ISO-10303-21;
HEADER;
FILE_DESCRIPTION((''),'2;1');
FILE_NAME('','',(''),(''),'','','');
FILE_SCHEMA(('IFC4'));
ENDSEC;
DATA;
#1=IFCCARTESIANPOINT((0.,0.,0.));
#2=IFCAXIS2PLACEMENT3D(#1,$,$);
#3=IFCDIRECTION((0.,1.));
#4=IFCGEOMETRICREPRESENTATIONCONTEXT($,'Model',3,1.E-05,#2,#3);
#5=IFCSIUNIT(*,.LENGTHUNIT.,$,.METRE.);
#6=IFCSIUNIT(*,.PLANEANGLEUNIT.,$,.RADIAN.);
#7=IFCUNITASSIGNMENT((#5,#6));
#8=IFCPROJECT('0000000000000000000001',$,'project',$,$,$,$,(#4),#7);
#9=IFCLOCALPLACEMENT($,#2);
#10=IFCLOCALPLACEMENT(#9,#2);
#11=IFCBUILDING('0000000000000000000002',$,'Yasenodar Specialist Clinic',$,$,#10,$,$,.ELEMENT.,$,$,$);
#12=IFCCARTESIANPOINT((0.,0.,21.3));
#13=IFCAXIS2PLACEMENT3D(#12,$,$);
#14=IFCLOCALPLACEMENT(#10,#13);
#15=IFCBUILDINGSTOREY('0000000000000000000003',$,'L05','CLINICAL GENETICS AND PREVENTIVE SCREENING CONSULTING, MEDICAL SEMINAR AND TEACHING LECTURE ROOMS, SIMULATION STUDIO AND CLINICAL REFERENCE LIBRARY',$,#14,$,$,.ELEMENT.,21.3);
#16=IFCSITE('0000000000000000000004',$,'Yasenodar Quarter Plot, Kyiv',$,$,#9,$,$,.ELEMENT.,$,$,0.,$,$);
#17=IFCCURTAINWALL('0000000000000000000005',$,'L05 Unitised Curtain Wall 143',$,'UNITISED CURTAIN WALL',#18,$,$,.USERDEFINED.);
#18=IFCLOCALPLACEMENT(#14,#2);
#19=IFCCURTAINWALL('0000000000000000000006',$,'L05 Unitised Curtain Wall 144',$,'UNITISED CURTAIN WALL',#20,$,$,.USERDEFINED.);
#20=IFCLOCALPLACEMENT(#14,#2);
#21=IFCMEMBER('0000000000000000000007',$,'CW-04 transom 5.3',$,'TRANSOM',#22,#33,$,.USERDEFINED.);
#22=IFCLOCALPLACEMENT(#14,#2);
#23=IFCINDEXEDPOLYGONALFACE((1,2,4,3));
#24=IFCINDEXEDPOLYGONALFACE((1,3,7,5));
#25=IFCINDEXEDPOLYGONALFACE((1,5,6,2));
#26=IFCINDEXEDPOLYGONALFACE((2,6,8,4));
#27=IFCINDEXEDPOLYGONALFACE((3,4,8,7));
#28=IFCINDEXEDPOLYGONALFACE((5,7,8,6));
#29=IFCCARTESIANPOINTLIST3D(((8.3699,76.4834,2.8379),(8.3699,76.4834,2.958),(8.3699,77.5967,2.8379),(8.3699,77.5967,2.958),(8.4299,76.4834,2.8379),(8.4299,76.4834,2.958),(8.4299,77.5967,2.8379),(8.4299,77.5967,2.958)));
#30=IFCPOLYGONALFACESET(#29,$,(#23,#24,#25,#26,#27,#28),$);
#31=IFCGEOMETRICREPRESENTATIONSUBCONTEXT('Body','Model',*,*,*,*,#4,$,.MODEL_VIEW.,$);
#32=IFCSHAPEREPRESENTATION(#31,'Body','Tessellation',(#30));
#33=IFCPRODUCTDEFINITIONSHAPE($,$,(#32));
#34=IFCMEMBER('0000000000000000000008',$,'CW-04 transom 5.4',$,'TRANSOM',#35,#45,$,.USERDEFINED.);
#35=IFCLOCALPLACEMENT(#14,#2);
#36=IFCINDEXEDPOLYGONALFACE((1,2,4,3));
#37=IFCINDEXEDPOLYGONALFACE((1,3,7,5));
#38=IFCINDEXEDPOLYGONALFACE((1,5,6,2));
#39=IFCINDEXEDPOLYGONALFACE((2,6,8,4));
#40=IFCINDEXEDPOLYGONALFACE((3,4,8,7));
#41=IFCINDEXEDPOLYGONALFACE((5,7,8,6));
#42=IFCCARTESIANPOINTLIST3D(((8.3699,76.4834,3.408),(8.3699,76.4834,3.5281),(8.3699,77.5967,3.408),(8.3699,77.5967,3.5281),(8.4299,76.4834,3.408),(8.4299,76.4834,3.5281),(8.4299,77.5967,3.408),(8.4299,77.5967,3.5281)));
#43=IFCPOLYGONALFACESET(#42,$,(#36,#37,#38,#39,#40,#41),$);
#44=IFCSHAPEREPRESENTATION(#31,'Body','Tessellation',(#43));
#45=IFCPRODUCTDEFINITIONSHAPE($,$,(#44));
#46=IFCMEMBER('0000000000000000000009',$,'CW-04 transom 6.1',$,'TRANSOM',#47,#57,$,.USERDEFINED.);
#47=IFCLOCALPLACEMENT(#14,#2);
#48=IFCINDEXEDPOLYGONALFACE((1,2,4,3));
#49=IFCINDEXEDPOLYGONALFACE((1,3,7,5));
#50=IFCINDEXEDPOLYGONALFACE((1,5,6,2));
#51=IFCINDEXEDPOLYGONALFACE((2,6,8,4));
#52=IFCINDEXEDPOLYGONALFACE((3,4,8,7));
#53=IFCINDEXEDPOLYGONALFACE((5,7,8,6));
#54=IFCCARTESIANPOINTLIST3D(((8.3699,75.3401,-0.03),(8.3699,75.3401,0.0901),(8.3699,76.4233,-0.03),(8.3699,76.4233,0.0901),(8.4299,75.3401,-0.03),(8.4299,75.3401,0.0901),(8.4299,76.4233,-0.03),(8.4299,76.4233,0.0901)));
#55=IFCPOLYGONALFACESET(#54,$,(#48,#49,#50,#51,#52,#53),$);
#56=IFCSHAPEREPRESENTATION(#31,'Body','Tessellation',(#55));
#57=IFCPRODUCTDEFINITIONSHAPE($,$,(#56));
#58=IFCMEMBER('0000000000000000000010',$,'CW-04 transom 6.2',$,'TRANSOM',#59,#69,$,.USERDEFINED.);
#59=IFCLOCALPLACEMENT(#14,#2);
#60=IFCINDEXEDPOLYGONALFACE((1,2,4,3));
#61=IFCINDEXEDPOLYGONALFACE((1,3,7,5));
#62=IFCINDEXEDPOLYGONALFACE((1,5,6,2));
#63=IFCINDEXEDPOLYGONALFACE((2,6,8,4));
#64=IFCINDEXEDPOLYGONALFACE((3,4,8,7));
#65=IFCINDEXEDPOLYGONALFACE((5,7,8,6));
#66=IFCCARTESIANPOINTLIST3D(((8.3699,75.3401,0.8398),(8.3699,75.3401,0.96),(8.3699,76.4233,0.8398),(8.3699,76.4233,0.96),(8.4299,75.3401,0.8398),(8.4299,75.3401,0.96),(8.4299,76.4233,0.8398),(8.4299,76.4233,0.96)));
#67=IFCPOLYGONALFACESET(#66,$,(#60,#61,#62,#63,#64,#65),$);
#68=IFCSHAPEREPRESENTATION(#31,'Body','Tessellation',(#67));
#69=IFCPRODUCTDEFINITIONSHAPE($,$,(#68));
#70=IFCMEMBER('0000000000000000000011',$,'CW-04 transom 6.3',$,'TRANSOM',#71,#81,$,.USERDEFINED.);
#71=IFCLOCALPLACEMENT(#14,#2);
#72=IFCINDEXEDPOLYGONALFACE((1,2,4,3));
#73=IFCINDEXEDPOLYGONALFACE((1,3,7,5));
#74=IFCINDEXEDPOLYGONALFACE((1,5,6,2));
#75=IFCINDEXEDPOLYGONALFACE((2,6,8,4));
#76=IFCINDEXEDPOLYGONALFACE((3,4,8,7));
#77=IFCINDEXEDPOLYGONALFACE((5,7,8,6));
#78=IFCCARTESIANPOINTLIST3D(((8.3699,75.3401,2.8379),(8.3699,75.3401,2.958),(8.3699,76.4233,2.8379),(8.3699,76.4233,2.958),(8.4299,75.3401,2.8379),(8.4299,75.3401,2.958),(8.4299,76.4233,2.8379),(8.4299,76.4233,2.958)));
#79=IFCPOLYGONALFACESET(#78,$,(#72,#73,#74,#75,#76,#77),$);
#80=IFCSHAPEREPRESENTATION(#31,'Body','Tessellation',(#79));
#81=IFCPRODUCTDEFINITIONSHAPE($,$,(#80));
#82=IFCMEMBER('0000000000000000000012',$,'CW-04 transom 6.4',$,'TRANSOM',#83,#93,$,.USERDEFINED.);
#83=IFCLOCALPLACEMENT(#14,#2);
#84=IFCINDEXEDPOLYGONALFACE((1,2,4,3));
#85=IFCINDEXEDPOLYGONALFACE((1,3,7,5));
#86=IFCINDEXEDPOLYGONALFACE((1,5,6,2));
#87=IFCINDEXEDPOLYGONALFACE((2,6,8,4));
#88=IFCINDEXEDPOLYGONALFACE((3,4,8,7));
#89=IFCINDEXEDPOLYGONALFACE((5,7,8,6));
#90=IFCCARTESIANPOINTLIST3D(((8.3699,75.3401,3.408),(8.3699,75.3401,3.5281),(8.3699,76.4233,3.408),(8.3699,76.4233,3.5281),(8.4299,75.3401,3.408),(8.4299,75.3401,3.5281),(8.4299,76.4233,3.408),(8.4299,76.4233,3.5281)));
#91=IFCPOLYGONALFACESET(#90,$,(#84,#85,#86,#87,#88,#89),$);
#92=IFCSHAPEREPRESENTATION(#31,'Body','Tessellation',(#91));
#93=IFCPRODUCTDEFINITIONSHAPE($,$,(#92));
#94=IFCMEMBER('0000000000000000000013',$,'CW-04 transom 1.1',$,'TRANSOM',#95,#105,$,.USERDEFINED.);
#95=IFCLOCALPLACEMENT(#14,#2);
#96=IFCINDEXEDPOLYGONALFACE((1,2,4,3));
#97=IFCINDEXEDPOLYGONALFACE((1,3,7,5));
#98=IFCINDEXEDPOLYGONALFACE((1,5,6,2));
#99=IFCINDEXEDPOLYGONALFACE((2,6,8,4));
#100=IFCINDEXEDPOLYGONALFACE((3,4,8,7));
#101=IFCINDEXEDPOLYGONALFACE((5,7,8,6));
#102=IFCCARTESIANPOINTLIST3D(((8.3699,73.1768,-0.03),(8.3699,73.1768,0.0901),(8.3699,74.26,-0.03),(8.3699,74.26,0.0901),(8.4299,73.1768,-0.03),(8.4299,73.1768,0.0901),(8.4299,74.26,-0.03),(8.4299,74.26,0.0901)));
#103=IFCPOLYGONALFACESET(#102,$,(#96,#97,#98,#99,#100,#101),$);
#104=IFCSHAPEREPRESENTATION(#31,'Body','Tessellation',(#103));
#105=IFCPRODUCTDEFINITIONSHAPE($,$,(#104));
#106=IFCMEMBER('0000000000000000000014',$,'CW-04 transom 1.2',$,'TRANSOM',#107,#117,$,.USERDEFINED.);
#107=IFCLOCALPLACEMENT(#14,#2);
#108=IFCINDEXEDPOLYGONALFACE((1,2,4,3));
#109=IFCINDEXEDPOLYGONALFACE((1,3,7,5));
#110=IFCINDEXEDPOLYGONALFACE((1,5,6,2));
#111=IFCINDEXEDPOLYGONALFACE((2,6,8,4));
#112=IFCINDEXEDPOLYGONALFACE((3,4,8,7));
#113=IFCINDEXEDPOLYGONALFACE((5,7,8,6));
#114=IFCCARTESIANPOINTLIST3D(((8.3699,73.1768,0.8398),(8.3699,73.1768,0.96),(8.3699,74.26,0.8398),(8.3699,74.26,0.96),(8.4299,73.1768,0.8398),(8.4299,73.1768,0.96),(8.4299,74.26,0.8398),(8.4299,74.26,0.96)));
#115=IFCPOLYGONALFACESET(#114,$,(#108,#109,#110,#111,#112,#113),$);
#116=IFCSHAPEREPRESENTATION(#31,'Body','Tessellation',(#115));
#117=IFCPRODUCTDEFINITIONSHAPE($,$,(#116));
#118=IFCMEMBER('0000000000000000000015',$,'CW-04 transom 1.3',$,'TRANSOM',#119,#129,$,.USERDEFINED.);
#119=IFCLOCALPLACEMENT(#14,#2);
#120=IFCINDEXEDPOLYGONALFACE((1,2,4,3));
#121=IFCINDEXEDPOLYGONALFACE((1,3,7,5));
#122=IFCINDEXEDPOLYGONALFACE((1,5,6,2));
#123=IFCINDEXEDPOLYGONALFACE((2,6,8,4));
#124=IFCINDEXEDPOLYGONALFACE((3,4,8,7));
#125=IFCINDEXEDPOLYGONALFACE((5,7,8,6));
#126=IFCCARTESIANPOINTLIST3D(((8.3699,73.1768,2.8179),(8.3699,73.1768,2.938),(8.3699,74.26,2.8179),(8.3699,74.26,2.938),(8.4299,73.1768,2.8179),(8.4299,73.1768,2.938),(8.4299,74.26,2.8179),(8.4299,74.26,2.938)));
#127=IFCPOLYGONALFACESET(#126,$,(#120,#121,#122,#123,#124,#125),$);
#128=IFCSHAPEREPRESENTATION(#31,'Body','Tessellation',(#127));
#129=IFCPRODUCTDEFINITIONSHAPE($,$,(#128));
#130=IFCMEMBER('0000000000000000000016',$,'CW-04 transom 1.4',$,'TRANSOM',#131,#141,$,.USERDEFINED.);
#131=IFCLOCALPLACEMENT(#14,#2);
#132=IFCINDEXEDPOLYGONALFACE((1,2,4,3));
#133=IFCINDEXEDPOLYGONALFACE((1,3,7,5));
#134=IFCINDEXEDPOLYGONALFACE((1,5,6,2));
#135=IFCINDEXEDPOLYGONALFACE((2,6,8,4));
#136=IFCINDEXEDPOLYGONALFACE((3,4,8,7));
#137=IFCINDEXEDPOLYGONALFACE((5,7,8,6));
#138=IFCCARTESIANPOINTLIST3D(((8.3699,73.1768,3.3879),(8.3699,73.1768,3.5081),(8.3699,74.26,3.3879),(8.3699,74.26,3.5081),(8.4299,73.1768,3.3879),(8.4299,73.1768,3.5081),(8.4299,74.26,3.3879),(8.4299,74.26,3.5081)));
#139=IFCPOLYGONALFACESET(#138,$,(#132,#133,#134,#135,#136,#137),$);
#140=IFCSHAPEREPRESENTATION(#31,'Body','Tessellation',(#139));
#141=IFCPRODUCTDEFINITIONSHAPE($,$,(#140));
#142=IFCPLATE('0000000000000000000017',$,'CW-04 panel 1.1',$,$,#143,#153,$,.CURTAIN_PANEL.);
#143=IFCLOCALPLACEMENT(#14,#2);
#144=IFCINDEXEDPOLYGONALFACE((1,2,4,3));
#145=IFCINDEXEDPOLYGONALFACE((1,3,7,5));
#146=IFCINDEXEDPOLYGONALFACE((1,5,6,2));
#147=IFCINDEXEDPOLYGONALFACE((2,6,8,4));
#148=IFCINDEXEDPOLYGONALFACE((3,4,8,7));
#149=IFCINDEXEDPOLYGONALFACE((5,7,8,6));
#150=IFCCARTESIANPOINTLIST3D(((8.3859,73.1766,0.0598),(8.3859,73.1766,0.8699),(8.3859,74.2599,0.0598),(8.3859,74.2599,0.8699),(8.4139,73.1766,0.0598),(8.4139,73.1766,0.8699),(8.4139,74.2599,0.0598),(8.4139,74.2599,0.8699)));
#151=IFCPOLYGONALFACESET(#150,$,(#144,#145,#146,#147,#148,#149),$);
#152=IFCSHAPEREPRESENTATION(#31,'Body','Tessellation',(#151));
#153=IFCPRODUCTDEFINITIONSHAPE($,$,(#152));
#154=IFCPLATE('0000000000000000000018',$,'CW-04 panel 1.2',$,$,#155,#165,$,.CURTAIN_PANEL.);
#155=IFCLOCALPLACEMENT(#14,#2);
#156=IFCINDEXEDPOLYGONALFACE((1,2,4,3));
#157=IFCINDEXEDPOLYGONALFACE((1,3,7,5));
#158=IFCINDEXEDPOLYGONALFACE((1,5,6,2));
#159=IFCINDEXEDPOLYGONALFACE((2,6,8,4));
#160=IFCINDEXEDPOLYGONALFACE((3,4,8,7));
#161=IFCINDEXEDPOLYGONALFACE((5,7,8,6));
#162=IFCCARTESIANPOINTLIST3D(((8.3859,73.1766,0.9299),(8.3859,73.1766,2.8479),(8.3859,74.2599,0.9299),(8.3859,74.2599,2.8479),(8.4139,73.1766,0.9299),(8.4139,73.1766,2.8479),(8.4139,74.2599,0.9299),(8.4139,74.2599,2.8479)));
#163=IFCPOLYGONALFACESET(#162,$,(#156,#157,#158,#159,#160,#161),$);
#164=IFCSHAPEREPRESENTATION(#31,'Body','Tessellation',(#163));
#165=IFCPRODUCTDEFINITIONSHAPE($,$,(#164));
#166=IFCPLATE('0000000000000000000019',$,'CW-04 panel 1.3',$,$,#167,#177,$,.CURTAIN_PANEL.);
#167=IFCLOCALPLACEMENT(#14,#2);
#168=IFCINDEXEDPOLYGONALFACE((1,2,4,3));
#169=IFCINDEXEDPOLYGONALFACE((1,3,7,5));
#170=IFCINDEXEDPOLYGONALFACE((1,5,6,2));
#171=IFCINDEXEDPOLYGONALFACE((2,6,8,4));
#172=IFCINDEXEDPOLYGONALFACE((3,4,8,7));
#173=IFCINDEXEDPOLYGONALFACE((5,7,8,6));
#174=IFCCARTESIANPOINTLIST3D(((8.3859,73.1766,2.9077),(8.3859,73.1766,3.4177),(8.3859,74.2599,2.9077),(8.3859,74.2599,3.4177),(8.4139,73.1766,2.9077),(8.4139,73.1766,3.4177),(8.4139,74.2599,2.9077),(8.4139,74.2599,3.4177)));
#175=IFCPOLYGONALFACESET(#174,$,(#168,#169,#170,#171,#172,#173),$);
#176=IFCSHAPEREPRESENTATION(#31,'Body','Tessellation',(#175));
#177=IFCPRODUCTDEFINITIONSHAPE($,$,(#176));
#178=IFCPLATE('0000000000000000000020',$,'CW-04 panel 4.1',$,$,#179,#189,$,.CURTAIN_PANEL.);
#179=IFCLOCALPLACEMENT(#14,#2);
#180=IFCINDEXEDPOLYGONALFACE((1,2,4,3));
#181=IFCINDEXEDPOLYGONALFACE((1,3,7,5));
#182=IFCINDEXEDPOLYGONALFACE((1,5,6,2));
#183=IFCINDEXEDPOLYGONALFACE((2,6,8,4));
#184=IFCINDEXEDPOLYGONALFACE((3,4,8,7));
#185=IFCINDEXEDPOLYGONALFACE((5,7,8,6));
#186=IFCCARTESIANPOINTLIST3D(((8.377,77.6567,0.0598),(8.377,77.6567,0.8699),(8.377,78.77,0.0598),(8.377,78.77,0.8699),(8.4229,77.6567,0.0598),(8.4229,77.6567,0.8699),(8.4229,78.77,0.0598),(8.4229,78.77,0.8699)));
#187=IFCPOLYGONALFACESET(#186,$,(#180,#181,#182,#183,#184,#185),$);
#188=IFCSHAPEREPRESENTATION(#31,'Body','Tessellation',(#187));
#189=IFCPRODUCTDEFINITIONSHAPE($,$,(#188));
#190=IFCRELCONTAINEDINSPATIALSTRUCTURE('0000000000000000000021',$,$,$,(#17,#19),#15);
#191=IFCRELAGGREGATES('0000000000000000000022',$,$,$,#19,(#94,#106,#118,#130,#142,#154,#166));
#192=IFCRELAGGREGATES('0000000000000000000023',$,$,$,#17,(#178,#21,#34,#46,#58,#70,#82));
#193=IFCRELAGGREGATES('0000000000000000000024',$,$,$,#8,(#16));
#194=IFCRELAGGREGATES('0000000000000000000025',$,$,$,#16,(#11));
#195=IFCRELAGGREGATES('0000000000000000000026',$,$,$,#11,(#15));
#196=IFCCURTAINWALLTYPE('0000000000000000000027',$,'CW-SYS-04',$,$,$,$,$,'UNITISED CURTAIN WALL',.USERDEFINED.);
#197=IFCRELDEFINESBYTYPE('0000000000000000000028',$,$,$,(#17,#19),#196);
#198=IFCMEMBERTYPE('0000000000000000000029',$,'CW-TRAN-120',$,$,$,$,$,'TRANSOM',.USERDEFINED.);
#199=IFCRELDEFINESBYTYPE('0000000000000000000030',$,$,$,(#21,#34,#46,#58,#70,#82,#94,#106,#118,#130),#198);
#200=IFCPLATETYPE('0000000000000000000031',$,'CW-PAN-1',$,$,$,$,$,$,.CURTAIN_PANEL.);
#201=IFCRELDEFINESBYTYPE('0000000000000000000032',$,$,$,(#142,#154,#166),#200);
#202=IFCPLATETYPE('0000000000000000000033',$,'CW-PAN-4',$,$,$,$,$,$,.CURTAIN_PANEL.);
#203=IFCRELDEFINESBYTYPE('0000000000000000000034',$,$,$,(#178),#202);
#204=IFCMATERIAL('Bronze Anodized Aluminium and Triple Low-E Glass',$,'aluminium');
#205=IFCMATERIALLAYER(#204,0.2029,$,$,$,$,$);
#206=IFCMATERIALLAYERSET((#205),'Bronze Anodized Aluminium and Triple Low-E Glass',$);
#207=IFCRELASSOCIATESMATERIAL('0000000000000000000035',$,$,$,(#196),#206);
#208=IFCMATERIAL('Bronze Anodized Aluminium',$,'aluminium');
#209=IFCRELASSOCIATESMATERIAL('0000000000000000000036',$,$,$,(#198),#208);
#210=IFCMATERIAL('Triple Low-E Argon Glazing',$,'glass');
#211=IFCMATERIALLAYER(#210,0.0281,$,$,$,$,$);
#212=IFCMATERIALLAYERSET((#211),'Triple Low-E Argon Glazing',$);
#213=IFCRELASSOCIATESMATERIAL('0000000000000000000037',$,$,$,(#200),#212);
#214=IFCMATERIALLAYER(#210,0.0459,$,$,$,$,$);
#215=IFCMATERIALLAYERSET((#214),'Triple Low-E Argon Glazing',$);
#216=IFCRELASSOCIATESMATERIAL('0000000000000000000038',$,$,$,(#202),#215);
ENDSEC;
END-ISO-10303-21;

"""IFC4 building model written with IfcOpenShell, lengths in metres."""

from ifc_helpers import new_model, si_unit, direction, frame, origin, origin_2d, place, context, subcontext, project, spatial, rectangle, extrude, material, layer, layer_set, material_profile, profile_set, type_object, element, aggregate, save


model = new_model("IFC4")

# Units and contexts
model_context = context("Model", 3, precision=1e-05, world=origin(), true_north=direction((0.0, 1.0)))
body_context = subcontext(model_context, "Body", "Model", "MODEL_VIEW")
ifc_project = project(units=[si_unit("LENGTHUNIT", "METRE"), si_unit("PLANEANGLEUNIT", "RADIAN")], contexts=[model_context])

# Site, building, storey
site_placement = place(None, origin())
site = spatial("IfcSite", under=ifc_project, at=site_placement, Name="Yasenodar Quarter Plot, Kyiv", CompositionType="ELEMENT", RefElevation=0.0)
building_placement = place(site_placement, origin())
building = spatial("IfcBuilding", under=site, at=building_placement, Name="Yasenodar Specialist Clinic", CompositionType="ELEMENT")
storey_placement = place(building_placement, frame((0.0, 0.0, 21.3)))
storey = spatial("IfcBuildingStorey", under=building, at=storey_placement, Name="L05", Description="CLINICAL GENETICS AND PREVENTIVE SCREENING CONSULTING, MEDICAL SEMINAR AND TEACHING LECTURE ROOMS, SIMULATION STUDIO AND CLINICAL REFERENCE LIBRARY", CompositionType="ELEMENT", Elevation=21.3)

# Curtain wall
ifc_material_1 = material(Name="Bronze Anodized Aluminium and Triple Low-E Glass", Category="aluminium")
ifc_layer_1 = layer(ifc_material_1, 0.2029)
ifc_layer_set_1 = layer_set([ifc_layer_1], Name="Bronze Anodized Aluminium and Triple Low-E Glass")
curtain_wall_type = type_object("IfcCurtainWallType", Name="CW-SYS-04", ElementType="UNITISED CURTAIN WALL", PredefinedType="USERDEFINED", material=ifc_layer_set_1)
curtain_wall_1_placement = place(storey_placement, origin())
curtain_wall_1 = element("IfcCurtainWall", 1, at=curtain_wall_1_placement, inside=storey, type_object=curtain_wall_type, Name="L05 Unitised Curtain Wall 143", ObjectType="UNITISED CURTAIN WALL", PredefinedType="USERDEFINED")
ifc_material_2 = material(Name="Bronze Anodized Aluminium", Category="aluminium")

# Curtain wall
curtain_wall_2_placement = place(storey_placement, origin())
curtain_wall_2 = element("IfcCurtainWall", 2, at=curtain_wall_2_placement, inside=storey, type_object=curtain_wall_type, Name="L05 Unitised Curtain Wall 144", ObjectType="UNITISED CURTAIN WALL", PredefinedType="USERDEFINED")

# Members
ifc_material_profile_1 = material_profile(ifc_material_2, rectangle(XDim=0.0601, YDim=0.1201, at=origin_2d()), Name="CW-TRAN 60x120")
ifc_profile_set_1 = profile_set([ifc_material_profile_1], Name="Bronze Anodized Aluminium")
member_type_1 = type_object("IfcMemberType", Name="CW-TRAN-120", ElementType="TRANSOM", PredefinedType="USERDEFINED", material=ifc_profile_set_1)
member_1_placement = place(storey_placement, frame((8.3999, 77.5967, 2.8979), z_axis=(0.0, -1.0, 0.0), x_axis=(1.0, 0.0, 0.0)))
member_1 = element("IfcMember", 3, at=member_1_placement, type_object=member_type_1, Name="CW-04 transom 5.3", ObjectType="TRANSOM", PredefinedType="USERDEFINED", context=body_context, shape_type="SweptSolid", body=[
    extrude(rectangle(XDim=0.0601, YDim=0.1201, at=origin_2d()), origin(), (0.0, 0.0, 1.0), 1.1133),
])
member_2_placement = place(storey_placement, frame((8.3999, 77.5967, 3.468), z_axis=(0.0, -1.0, 0.0), x_axis=(1.0, 0.0, 0.0)))
member_2 = element("IfcMember", 4, at=member_2_placement, type_object=member_type_1, Name="CW-04 transom 5.4", ObjectType="TRANSOM", PredefinedType="USERDEFINED", context=body_context, shape_type="SweptSolid", body=[
    extrude(rectangle(XDim=0.0601, YDim=0.1201, at=origin_2d()), origin(), (0.0, 0.0, 1.0), 1.1133),
])
member_3_placement = place(storey_placement, frame((8.3999, 76.4233, 0.03), z_axis=(0.0, -1.0, 0.0), x_axis=(1.0, 0.0, 0.0)))
member_3 = element("IfcMember", 5, at=member_3_placement, type_object=member_type_1, Name="CW-04 transom 6.1", ObjectType="TRANSOM", PredefinedType="USERDEFINED", context=body_context, shape_type="SweptSolid", body=[
    extrude(rectangle(XDim=0.0601, YDim=0.1201, at=origin_2d()), origin(), (0.0, 0.0, 1.0), 1.0833),
])
member_4_placement = place(storey_placement, frame((8.3999, 76.4233, 0.8999), z_axis=(0.0, -1.0, 0.0), x_axis=(1.0, 0.0, 0.0)))
member_4 = element("IfcMember", 6, at=member_4_placement, type_object=member_type_1, Name="CW-04 transom 6.2", ObjectType="TRANSOM", PredefinedType="USERDEFINED", context=body_context, shape_type="SweptSolid", body=[
    extrude(rectangle(XDim=0.0601, YDim=0.1201, at=origin_2d()), origin(), (0.0, 0.0, 1.0), 1.0833),
])
member_5_placement = place(storey_placement, frame((8.3999, 76.4233, 2.8979), z_axis=(0.0, -1.0, 0.0), x_axis=(1.0, 0.0, 0.0)))
member_5 = element("IfcMember", 7, at=member_5_placement, type_object=member_type_1, Name="CW-04 transom 6.3", ObjectType="TRANSOM", PredefinedType="USERDEFINED", context=body_context, shape_type="SweptSolid", body=[
    extrude(rectangle(XDim=0.0601, YDim=0.1201, at=origin_2d()), origin(), (0.0, 0.0, 1.0), 1.0833),
])
member_6_placement = place(storey_placement, frame((8.3999, 76.4233, 3.468), z_axis=(0.0, -1.0, 0.0), x_axis=(1.0, 0.0, 0.0)))
member_6 = element("IfcMember", 8, at=member_6_placement, type_object=member_type_1, Name="CW-04 transom 6.4", ObjectType="TRANSOM", PredefinedType="USERDEFINED", context=body_context, shape_type="SweptSolid", body=[
    extrude(rectangle(XDim=0.0601, YDim=0.1201, at=origin_2d()), origin(), (0.0, 0.0, 1.0), 1.0833),
])
member_7_placement = place(storey_placement, frame((8.3999, 74.26, 0.03), z_axis=(0.0, -1.0, 0.0), x_axis=(1.0, 0.0, 0.0)))
member_7 = element("IfcMember", 9, at=member_7_placement, type_object=member_type_1, Name="CW-04 transom 1.1", ObjectType="TRANSOM", PredefinedType="USERDEFINED", context=body_context, shape_type="SweptSolid", body=[
    extrude(rectangle(XDim=0.0601, YDim=0.1201, at=origin_2d()), origin(), (0.0, 0.0, 1.0), 1.0833),
])
member_8_placement = place(storey_placement, frame((8.3999, 74.26, 0.8999), z_axis=(0.0, -1.0, 0.0), x_axis=(1.0, 0.0, 0.0)))
member_8 = element("IfcMember", 10, at=member_8_placement, type_object=member_type_1, Name="CW-04 transom 1.2", ObjectType="TRANSOM", PredefinedType="USERDEFINED", context=body_context, shape_type="SweptSolid", body=[
    extrude(rectangle(XDim=0.0601, YDim=0.1201, at=origin_2d()), origin(), (0.0, 0.0, 1.0), 1.0833),
])
member_9_placement = place(storey_placement, frame((8.3999, 74.26, 2.8779), z_axis=(0.0, -1.0, 0.0), x_axis=(1.0, 0.0, 0.0)))
member_9 = element("IfcMember", 11, at=member_9_placement, type_object=member_type_1, Name="CW-04 transom 1.3", ObjectType="TRANSOM", PredefinedType="USERDEFINED", context=body_context, shape_type="SweptSolid", body=[
    extrude(rectangle(XDim=0.0601, YDim=0.1201, at=origin_2d()), origin(), (0.0, 0.0, 1.0), 1.0833),
])
member_10_placement = place(storey_placement, frame((8.3999, 74.26, 3.448), z_axis=(0.0, -1.0, 0.0), x_axis=(1.0, 0.0, 0.0)))
member_10 = element("IfcMember", 12, at=member_10_placement, type_object=member_type_1, Name="CW-04 transom 1.4", ObjectType="TRANSOM", PredefinedType="USERDEFINED", context=body_context, shape_type="SweptSolid", body=[
    extrude(rectangle(XDim=0.0601, YDim=0.1201, at=origin_2d()), origin(), (0.0, 0.0, 1.0), 1.0833),
])

# Plates
ifc_material_3 = material(Name="Triple Low-E Argon Glazing", Category="glass")
ifc_layer_2 = layer(ifc_material_3, 0.0281)
ifc_layer_set_2 = layer_set([ifc_layer_2], Name="Triple Low-E Argon Glazing")
plate_type_1 = type_object("IfcPlateType", Name="CW-PAN-1", PredefinedType="CURTAIN_PANEL", material=ifc_layer_set_2)
plate_1_placement = place(storey_placement, frame((8.3999, 73.7183, 0.0598), z_axis=(0.0, 0.0, 1.0), x_axis=(0.0, -1.0, 0.0)))
plate_1 = element("IfcPlate", 13, at=plate_1_placement, type_object=plate_type_1, Name="CW-04 panel 1.1", PredefinedType="CURTAIN_PANEL", context=body_context, shape_type="SweptSolid", body=[
    extrude(rectangle(XDim=1.0833, YDim=0.0281, at=origin_2d()), origin(), (0.0, 0.0, 1.0), 0.8101),
])
plate_2_placement = place(storey_placement, frame((8.3999, 73.7183, 0.9299), z_axis=(0.0, 0.0, 1.0), x_axis=(0.0, -1.0, 0.0)))
plate_2 = element("IfcPlate", 14, at=plate_2_placement, type_object=plate_type_1, Name="CW-04 panel 1.2", PredefinedType="CURTAIN_PANEL", context=body_context, shape_type="SweptSolid", body=[
    extrude(rectangle(XDim=1.0833, YDim=0.0281, at=origin_2d()), origin(), (0.0, 0.0, 1.0), 1.918),
])
plate_3_placement = place(storey_placement, frame((8.3999, 73.7183, 2.9077), z_axis=(0.0, 0.0, 1.0), x_axis=(0.0, -1.0, 0.0)))
plate_3 = element("IfcPlate", 15, at=plate_3_placement, type_object=plate_type_1, Name="CW-04 panel 1.3", PredefinedType="CURTAIN_PANEL", context=body_context, shape_type="SweptSolid", body=[
    extrude(rectangle(XDim=1.0833, YDim=0.0281, at=origin_2d()), origin(), (0.0, 0.0, 1.0), 0.51),
])
aggregate(curtain_wall_2, [member_7, member_8, member_9, member_10, plate_1, plate_2, plate_3])
ifc_layer_3 = layer(ifc_material_3, 0.0459)
ifc_layer_set_3 = layer_set([ifc_layer_3], Name="Triple Low-E Argon Glazing")
plate_type_2 = type_object("IfcPlateType", Name="CW-PAN-4", PredefinedType="CURTAIN_PANEL", material=ifc_layer_set_3)
plate_4_placement = place(storey_placement, frame((8.3999, 78.2134, 0.0598), z_axis=(0.0, 0.0, 1.0), x_axis=(0.0, -1.0, 0.0)))
plate_4 = element("IfcPlate", 16, at=plate_4_placement, type_object=plate_type_2, Name="CW-04 panel 4.1", PredefinedType="CURTAIN_PANEL", context=body_context, shape_type="SweptSolid", body=[
    extrude(rectangle(XDim=1.1133, YDim=0.0459, at=origin_2d()), origin(), (0.0, 0.0, 1.0), 0.8101),
])
aggregate(curtain_wall_1, [plate_4, member_1, member_2, member_3, member_4, member_5, member_6])

save(model, "model.ifc")
